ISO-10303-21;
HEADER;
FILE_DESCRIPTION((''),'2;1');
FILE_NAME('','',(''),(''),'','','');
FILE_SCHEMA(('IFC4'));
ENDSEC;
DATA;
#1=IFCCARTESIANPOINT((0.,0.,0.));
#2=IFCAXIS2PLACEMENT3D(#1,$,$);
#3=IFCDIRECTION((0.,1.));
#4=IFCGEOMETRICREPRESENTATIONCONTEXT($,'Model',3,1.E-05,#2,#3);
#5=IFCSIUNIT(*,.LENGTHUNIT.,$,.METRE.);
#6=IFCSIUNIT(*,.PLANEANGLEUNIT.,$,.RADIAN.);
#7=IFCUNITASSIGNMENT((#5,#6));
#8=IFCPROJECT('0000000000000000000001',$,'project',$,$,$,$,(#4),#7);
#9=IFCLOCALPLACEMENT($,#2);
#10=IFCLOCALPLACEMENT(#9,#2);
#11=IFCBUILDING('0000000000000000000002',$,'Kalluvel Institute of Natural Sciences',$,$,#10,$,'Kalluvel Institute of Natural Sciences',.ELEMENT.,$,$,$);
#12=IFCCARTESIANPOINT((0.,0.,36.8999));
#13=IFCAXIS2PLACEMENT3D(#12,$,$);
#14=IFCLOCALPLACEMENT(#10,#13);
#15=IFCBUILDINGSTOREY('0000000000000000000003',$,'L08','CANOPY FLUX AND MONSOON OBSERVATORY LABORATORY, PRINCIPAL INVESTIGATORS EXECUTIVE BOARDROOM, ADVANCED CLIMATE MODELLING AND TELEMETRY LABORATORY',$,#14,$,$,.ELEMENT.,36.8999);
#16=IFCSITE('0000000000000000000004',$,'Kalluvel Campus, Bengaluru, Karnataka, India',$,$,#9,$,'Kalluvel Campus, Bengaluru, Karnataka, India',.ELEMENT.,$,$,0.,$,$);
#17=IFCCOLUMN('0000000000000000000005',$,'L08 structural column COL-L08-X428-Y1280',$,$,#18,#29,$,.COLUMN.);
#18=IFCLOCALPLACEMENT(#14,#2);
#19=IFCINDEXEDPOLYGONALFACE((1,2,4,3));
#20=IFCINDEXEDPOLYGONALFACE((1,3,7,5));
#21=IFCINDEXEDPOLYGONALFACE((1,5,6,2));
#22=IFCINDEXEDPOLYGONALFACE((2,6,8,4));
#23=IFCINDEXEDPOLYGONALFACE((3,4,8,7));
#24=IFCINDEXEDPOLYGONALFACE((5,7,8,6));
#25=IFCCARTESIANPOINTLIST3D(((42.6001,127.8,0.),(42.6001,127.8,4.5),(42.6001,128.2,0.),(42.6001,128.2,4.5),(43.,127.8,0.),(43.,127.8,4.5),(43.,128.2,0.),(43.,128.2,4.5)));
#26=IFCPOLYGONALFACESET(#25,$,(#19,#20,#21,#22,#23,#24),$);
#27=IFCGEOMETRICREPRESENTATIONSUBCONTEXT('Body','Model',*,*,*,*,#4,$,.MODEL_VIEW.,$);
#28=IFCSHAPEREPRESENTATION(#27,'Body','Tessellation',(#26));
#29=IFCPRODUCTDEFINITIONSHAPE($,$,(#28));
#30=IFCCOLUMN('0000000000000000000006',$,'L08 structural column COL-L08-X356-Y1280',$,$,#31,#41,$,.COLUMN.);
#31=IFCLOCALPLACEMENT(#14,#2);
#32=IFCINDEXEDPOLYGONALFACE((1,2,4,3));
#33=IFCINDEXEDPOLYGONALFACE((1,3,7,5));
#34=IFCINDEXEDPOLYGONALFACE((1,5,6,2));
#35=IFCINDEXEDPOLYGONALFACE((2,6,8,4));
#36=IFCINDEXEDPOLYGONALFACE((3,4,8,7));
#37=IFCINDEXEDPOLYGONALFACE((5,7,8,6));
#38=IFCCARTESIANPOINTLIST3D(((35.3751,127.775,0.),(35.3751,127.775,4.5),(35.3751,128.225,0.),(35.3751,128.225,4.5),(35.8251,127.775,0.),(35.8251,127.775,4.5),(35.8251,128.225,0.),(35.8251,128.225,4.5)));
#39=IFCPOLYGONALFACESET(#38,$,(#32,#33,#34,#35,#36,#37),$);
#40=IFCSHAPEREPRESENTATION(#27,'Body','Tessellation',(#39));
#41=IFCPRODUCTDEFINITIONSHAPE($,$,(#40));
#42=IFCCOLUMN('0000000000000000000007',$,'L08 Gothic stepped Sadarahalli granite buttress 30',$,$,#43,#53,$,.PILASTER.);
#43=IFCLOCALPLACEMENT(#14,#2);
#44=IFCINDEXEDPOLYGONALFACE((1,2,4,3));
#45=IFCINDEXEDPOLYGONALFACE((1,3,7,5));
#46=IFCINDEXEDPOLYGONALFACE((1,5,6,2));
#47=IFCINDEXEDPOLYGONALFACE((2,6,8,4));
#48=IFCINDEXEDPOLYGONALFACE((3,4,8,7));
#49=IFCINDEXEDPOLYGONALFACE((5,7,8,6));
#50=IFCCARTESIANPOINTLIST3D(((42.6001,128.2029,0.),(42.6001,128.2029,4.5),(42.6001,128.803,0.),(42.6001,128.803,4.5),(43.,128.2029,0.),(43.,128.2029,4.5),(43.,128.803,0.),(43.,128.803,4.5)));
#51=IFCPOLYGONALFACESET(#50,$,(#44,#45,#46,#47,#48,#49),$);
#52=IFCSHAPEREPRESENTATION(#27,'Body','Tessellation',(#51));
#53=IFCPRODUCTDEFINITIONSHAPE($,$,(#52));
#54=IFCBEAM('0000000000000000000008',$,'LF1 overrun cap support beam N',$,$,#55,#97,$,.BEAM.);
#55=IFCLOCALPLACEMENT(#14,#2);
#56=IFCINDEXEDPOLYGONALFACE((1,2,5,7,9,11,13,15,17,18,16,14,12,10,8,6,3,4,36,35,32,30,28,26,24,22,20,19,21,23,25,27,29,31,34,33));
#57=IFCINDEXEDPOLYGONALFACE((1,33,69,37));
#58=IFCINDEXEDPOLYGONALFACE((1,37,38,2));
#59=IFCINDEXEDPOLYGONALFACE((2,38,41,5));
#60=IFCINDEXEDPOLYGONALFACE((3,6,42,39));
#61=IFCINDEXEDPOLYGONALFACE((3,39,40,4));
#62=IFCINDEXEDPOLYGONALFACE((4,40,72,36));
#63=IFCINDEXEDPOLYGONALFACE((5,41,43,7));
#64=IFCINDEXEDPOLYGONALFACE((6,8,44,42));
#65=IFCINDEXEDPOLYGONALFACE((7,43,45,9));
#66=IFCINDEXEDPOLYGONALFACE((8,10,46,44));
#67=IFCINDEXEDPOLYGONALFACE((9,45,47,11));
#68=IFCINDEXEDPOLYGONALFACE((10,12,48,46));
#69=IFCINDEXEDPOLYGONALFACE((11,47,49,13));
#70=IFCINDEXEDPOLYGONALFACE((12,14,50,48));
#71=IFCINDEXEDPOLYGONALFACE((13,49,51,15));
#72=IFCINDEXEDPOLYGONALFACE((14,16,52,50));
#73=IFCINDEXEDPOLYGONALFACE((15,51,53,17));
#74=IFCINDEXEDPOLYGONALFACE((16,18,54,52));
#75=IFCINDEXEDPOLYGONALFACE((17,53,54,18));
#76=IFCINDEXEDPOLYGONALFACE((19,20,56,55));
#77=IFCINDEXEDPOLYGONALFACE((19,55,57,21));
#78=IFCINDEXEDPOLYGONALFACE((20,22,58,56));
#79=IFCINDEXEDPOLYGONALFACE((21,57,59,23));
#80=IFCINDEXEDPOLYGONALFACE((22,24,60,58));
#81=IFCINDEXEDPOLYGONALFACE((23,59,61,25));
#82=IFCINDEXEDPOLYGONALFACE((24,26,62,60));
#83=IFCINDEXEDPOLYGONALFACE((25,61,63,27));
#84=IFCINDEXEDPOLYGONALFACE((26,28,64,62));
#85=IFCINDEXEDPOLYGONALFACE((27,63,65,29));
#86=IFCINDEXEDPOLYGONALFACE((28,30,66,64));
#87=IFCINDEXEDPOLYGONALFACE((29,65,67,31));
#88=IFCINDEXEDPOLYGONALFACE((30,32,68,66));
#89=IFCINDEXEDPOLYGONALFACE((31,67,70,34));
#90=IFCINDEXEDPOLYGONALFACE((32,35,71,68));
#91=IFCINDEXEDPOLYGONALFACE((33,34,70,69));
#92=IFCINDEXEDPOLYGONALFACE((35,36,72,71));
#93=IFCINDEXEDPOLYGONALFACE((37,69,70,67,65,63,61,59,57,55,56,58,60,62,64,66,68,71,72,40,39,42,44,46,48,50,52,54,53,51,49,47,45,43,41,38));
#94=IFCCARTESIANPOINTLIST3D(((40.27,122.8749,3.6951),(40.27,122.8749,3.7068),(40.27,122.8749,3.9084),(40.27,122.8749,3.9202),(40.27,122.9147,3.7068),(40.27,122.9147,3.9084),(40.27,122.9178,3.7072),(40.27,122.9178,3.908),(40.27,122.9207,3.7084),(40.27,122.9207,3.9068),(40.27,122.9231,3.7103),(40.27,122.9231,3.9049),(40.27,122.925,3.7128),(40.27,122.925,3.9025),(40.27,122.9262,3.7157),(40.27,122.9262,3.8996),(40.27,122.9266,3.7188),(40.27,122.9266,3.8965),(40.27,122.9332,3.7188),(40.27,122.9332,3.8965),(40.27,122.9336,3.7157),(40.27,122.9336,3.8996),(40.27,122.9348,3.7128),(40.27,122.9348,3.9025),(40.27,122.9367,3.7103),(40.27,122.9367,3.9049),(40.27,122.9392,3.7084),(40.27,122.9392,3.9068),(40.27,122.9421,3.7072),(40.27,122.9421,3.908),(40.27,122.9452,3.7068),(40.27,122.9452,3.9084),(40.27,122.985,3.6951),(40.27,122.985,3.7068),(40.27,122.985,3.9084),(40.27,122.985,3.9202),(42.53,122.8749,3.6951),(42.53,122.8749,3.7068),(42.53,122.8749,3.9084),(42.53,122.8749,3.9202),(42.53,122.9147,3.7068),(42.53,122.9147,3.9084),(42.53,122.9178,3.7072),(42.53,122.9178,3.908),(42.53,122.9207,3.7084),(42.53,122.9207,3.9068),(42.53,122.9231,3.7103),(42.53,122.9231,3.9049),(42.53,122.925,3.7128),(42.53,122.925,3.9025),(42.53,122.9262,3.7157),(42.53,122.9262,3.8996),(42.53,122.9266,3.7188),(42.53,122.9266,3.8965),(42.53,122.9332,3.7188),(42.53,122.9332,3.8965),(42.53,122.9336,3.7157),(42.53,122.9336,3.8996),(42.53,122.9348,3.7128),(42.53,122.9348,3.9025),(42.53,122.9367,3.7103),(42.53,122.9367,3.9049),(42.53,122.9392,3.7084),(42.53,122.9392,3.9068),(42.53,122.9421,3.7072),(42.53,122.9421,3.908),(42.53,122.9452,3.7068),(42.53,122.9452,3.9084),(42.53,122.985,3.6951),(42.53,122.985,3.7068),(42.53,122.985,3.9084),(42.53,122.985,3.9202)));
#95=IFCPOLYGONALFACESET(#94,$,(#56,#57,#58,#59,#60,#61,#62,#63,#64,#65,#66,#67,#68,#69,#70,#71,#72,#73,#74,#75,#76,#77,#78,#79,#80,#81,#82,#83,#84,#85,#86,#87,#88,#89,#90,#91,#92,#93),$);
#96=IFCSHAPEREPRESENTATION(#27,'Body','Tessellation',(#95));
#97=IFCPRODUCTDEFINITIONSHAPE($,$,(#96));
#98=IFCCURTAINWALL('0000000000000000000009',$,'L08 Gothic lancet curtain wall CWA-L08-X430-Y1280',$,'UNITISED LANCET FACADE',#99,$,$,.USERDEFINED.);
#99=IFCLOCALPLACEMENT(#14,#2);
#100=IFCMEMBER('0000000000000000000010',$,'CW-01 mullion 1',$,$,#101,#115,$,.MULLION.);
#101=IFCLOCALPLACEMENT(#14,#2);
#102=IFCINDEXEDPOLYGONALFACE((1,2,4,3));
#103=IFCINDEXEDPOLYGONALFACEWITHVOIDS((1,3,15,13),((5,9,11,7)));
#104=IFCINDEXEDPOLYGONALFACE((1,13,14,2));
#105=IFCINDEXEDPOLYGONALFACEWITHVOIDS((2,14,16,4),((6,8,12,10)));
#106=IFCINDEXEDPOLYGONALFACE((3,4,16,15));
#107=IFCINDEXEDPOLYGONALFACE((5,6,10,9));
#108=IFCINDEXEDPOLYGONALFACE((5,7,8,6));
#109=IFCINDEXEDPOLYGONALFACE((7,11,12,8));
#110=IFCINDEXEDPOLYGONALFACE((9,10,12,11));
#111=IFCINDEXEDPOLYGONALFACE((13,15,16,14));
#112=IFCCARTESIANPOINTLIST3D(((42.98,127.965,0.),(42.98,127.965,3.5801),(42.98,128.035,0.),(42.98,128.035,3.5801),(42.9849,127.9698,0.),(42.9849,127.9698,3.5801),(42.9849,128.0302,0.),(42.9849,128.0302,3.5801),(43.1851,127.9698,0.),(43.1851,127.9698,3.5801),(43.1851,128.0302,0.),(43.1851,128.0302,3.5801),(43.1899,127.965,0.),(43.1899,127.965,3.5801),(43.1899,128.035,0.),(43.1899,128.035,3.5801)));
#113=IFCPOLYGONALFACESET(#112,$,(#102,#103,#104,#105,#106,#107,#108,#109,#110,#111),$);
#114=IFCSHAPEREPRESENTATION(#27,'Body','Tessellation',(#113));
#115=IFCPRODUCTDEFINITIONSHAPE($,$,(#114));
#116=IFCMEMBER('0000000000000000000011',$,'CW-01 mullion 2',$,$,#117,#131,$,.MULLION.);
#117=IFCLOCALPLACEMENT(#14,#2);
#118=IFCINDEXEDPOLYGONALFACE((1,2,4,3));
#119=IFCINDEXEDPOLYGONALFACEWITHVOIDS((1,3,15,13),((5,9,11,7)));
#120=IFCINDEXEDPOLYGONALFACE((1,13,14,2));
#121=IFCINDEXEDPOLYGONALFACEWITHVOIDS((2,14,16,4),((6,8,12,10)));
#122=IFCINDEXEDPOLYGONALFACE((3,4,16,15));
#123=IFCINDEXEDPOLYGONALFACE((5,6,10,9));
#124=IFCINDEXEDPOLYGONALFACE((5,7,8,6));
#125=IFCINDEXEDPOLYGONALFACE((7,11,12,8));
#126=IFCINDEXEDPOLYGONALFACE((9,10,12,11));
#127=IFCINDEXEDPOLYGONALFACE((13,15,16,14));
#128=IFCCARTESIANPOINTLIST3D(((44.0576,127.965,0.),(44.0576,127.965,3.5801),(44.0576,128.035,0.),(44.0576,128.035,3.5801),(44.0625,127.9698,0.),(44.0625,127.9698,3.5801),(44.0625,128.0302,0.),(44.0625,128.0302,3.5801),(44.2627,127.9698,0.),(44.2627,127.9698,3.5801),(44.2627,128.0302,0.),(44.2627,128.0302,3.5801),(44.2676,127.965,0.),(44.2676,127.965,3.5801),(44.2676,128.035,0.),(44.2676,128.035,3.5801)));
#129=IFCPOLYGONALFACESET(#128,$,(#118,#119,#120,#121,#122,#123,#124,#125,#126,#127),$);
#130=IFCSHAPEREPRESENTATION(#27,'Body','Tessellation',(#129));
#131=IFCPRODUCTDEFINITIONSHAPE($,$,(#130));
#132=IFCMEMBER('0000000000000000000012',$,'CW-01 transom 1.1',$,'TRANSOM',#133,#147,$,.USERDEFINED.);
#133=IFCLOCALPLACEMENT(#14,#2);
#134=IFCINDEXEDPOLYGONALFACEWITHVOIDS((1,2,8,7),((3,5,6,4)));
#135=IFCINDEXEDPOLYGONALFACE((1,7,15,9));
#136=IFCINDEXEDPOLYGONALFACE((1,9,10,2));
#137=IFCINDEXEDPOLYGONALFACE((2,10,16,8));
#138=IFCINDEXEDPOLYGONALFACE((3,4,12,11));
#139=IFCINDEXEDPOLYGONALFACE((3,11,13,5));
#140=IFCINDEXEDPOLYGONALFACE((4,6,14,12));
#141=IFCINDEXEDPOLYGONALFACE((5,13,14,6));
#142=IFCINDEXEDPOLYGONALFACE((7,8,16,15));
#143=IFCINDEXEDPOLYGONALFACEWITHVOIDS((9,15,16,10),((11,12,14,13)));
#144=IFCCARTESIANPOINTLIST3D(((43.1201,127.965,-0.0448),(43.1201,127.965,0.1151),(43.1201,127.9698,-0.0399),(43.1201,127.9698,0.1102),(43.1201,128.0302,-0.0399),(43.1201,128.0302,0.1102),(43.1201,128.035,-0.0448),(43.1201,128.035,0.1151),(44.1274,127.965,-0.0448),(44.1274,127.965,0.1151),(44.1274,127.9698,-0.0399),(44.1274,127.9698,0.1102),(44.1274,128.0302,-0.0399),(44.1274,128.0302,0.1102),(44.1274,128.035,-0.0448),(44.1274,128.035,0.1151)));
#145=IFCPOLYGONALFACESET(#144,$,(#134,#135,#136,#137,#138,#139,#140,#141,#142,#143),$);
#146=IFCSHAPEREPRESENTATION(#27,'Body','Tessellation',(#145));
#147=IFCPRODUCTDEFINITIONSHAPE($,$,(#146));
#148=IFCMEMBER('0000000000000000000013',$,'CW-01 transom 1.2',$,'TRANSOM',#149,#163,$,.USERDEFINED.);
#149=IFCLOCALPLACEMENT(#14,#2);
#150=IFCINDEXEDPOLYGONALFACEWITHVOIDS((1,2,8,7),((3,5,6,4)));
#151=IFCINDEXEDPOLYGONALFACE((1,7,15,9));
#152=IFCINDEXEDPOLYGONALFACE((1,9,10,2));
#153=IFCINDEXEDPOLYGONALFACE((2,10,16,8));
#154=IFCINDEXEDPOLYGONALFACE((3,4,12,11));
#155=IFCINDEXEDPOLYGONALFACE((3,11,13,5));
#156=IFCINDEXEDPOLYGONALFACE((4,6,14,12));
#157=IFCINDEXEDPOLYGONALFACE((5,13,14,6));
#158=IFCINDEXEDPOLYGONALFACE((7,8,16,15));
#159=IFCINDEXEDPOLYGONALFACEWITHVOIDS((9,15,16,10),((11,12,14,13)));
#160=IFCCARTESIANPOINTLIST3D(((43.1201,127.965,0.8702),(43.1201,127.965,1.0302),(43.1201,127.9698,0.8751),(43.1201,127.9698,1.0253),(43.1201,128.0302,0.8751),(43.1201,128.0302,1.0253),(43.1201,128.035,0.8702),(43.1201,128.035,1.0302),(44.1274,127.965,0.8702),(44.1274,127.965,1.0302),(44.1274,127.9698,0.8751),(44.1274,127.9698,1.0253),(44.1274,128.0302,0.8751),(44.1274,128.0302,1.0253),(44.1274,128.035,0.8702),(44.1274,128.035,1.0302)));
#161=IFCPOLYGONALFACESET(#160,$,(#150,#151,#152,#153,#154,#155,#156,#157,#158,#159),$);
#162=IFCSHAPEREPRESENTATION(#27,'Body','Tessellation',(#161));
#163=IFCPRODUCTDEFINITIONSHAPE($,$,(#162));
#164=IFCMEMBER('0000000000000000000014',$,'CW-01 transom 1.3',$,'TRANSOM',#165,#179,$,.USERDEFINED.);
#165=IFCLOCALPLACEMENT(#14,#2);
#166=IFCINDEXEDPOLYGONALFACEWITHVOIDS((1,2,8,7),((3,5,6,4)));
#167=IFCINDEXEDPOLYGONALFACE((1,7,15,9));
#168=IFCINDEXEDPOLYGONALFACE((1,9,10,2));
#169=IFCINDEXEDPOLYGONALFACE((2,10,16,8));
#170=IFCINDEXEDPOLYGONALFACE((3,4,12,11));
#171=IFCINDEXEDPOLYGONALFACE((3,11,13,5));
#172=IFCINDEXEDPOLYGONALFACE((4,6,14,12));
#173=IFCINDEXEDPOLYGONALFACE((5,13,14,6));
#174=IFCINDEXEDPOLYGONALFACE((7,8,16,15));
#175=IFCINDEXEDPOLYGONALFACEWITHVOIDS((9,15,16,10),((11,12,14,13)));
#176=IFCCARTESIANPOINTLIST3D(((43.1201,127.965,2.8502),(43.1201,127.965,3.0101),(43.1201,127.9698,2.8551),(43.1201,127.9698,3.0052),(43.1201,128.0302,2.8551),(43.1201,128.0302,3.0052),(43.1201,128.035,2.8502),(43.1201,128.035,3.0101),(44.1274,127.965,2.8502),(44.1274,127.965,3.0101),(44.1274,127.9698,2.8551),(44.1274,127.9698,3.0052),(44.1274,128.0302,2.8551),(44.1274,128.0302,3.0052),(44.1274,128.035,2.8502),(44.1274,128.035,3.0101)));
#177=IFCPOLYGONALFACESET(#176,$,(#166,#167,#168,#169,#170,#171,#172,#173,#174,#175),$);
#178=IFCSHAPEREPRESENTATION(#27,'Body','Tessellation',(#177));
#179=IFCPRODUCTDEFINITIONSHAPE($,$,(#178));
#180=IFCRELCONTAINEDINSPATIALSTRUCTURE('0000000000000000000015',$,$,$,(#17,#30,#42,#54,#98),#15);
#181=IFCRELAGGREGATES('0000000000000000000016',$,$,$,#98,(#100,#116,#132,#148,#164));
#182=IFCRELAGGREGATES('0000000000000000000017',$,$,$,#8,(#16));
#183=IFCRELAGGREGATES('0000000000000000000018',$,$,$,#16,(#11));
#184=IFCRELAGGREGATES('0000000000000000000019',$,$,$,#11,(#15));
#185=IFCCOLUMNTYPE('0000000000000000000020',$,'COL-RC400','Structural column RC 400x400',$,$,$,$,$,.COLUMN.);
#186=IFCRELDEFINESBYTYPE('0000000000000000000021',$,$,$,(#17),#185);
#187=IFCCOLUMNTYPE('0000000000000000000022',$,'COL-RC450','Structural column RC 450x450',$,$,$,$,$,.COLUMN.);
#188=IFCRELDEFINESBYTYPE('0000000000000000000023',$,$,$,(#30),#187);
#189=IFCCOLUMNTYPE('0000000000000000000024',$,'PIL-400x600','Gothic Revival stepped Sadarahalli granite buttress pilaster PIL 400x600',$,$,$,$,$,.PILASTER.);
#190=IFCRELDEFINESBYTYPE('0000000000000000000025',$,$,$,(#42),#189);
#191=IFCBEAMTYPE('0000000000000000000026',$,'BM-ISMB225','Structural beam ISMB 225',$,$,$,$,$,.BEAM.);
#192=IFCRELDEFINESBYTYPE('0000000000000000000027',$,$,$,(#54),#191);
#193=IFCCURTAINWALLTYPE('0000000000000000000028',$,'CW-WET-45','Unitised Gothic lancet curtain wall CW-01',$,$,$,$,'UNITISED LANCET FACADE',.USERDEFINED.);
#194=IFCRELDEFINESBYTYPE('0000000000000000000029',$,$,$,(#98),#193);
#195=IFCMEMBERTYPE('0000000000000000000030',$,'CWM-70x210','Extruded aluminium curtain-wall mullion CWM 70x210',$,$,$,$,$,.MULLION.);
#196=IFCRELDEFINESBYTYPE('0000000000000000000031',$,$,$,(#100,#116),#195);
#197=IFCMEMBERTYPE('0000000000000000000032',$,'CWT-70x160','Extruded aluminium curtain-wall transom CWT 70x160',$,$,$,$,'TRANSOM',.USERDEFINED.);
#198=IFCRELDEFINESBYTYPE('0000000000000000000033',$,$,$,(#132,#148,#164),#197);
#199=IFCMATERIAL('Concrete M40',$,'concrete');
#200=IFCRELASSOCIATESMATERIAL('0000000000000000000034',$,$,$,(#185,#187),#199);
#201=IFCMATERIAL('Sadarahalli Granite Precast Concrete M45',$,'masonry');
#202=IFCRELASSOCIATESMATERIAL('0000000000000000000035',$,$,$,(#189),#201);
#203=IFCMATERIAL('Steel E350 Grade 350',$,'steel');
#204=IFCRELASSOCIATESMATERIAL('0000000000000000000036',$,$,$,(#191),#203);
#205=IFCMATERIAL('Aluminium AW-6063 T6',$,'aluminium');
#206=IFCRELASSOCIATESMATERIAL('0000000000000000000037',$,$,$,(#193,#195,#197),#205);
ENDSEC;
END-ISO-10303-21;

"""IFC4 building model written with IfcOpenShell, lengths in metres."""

from ifc_helpers import new_model, si_unit, direction, frame, origin, origin_2d, place, context, subcontext, project, spatial, rectangle, hollow_rectangle, i_section, extrude, material, material_profile, profile_set, type_object, element, aggregate, save


model = new_model("IFC4")

# Units and contexts
model_context = context("Model", 3, precision=1e-05, world=origin(), true_north=direction((0.0, 1.0)))
body_context = subcontext(model_context, "Body", "Model", "MODEL_VIEW")
ifc_project = project(units=[si_unit("LENGTHUNIT", "METRE"), si_unit("PLANEANGLEUNIT", "RADIAN")], contexts=[model_context])

# Site, building, storey
site_placement = place(None, origin())
site = spatial("IfcSite", under=ifc_project, at=site_placement, Name="Kalluvel Campus, Bengaluru, Karnataka, India", LongName="Kalluvel Campus, Bengaluru, Karnataka, India", CompositionType="ELEMENT", RefElevation=0.0)
building_placement = place(site_placement, origin())
building = spatial("IfcBuilding", under=site, at=building_placement, Name="Kalluvel Institute of Natural Sciences", LongName="Kalluvel Institute of Natural Sciences", CompositionType="ELEMENT")
storey_placement = place(building_placement, frame((0.0, 0.0, 36.8999)))
storey = spatial("IfcBuildingStorey", under=building, at=storey_placement, Name="L08", Description="CANOPY FLUX AND MONSOON OBSERVATORY LABORATORY, PRINCIPAL INVESTIGATORS EXECUTIVE BOARDROOM, ADVANCED CLIMATE MODELLING AND TELEMETRY LABORATORY", CompositionType="ELEMENT", Elevation=36.8999)

# Columns
ifc_material_1 = material(Name="Concrete M40", Category="concrete")
ifc_material_profile_1 = material_profile(ifc_material_1, rectangle(XDim=0.3999, YDim=0.3999, at=origin_2d()), Name="RC 400x400")
ifc_profile_set_1 = profile_set([ifc_material_profile_1], Name="Concrete M40")
column_type_1 = type_object("IfcColumnType", Name="COL-RC400", Description="Structural column RC 400x400", PredefinedType="COLUMN", material=ifc_profile_set_1)
column_1_placement = place(storey_placement, frame((42.8, 128.0, 0.0), z_axis=(0.0, 0.0, 1.0), x_axis=(1.0, 0.0, 0.0)))
element("IfcColumn", 1, at=column_1_placement, inside=storey, type_object=column_type_1, Name="L08 structural column COL-L08-X428-Y1280", PredefinedType="COLUMN", context=body_context, shape_type="SweptSolid", body=[
    extrude(rectangle(XDim=0.3999, YDim=0.3999, at=origin_2d()), origin(), (0.0, 0.0, 1.0), 4.5),
])
ifc_material_profile_2 = material_profile(ifc_material_1, rectangle(XDim=0.45, YDim=0.45, at=origin_2d()), Name="RC 450x450")
ifc_profile_set_2 = profile_set([ifc_material_profile_2], Name="Concrete M40")
column_type_2 = type_object("IfcColumnType", Name="COL-RC450", Description="Structural column RC 450x450", PredefinedType="COLUMN", material=ifc_profile_set_2)
column_2_placement = place(storey_placement, frame((35.6001, 128.0, 0.0), z_axis=(0.0, 0.0, 1.0), x_axis=(1.0, 0.0, 0.0)))
element("IfcColumn", 2, at=column_2_placement, inside=storey, type_object=column_type_2, Name="L08 structural column COL-L08-X356-Y1280", PredefinedType="COLUMN", context=body_context, shape_type="SweptSolid", body=[
    extrude(rectangle(XDim=0.45, YDim=0.45, at=origin_2d()), origin(), (0.0, 0.0, 1.0), 4.5),
])
ifc_material_2 = material(Name="Sadarahalli Granite Precast Concrete M45", Category="masonry")
ifc_material_profile_3 = material_profile(ifc_material_2, rectangle(XDim=0.3999, YDim=0.6001, at=origin_2d()), Name="PIL 400x600")
ifc_profile_set_3 = profile_set([ifc_material_profile_3], Name="Sadarahalli Granite Precast Concrete M45")
column_type_3 = type_object("IfcColumnType", Name="PIL-400x600", Description="Gothic Revival stepped Sadarahalli granite buttress pilaster PIL 400x600", PredefinedType="PILASTER", material=ifc_profile_set_3)
column_3_placement = place(storey_placement, frame((42.8, 128.5029, 0.0), z_axis=(0.0, 0.0, 1.0), x_axis=(1.0, 0.0, 0.0)))
element("IfcColumn", 3, at=column_3_placement, inside=storey, type_object=column_type_3, Name="L08 Gothic stepped Sadarahalli granite buttress 30", PredefinedType="PILASTER", context=body_context, shape_type="SweptSolid", body=[
    extrude(rectangle(XDim=0.3999, YDim=0.6001, at=origin_2d()), origin(), (0.0, 0.0, 1.0), 4.5),
])

# Beam
ifc_material_3 = material(Name="Steel E350 Grade 350", Category="steel")
ifc_material_profile_4 = material_profile(ifc_material_3, i_section(OverallWidth=0.1101, OverallDepth=0.2251, WebThickness=0.0066, FlangeThickness=0.0117, FilletRadius=0.012, at=origin_2d()), Name="ISMB 225")
ifc_profile_set_4 = profile_set([ifc_material_profile_4], Name="Steel E350 Grade 350")
beam_type_1 = type_object("IfcBeamType", Name="BM-ISMB225", Description="Structural beam ISMB 225", PredefinedType="BEAM", material=ifc_profile_set_4)
beam_1_placement = place(storey_placement, frame((40.27, 122.9299, 3.8076), z_axis=(1.0, 0.0, 0.0), x_axis=(0.0, 1.0, 0.0)))
element("IfcBeam", 4, at=beam_1_placement, inside=storey, type_object=beam_type_1, Name="LF1 overrun cap support beam N", PredefinedType="BEAM", context=body_context, shape_type="SweptSolid", body=[
    extrude(i_section(OverallWidth=0.1101, OverallDepth=0.2251, WebThickness=0.0066, FlangeThickness=0.0117, FilletRadius=0.012, at=origin_2d()), origin(), (0.0, 0.0, 1.0), 2.26),
])

# Curtain wall, members
ifc_material_4 = material(Name="Aluminium AW-6063 T6", Category="aluminium")
curtain_wall_type = type_object("IfcCurtainWallType", Name="CW-WET-45", Description="Unitised Gothic lancet curtain wall CW-01", ElementType="UNITISED LANCET FACADE", PredefinedType="USERDEFINED", material=ifc_material_4)
curtain_wall_placement = place(storey_placement, origin())
curtain_wall = element("IfcCurtainWall", 5, at=curtain_wall_placement, inside=storey, type_object=curtain_wall_type, Name="L08 Gothic lancet curtain wall CWA-L08-X430-Y1280", ObjectType="UNITISED LANCET FACADE", PredefinedType="USERDEFINED")
ifc_material_profile_5 = material_profile(ifc_material_4, hollow_rectangle(XDim=0.0701, YDim=0.21, WallThickness=0.0049, at=origin_2d()), Name="CWM 70x210")
ifc_profile_set_5 = profile_set([ifc_material_profile_5], Name="Aluminium AW-6063 T6")
member_type_1 = type_object("IfcMemberType", Name="CWM-70x210", Description="Extruded aluminium curtain-wall mullion CWM 70x210", PredefinedType="MULLION", material=ifc_profile_set_5)
member_1_placement = place(storey_placement, frame((43.085, 128.0, 0.0), z_axis=(0.0, 0.0, 1.0), x_axis=(0.0, 1.0, 0.0)))
member_1 = element("IfcMember", 6, at=member_1_placement, type_object=member_type_1, Name="CW-01 mullion 1", PredefinedType="MULLION", context=body_context, shape_type="SweptSolid", body=[
    extrude(hollow_rectangle(XDim=0.0701, YDim=0.21, WallThickness=0.0049, at=origin_2d()), origin(), (0.0, 0.0, 1.0), 3.5801),
])
member_2_placement = place(storey_placement, frame((44.1626, 128.0, 0.0), z_axis=(0.0, 0.0, 1.0), x_axis=(0.0, 1.0, 0.0)))
member_2 = element("IfcMember", 7, at=member_2_placement, type_object=member_type_1, Name="CW-01 mullion 2", PredefinedType="MULLION", context=body_context, shape_type="SweptSolid", body=[
    extrude(hollow_rectangle(XDim=0.0701, YDim=0.21, WallThickness=0.0049, at=origin_2d()), origin(), (0.0, 0.0, 1.0), 3.5801),
])
ifc_material_profile_6 = material_profile(ifc_material_4, hollow_rectangle(XDim=0.0701, YDim=0.1599, WallThickness=0.0049, at=origin_2d()), Name="CWT 70x160")
ifc_profile_set_6 = profile_set([ifc_material_profile_6], Name="Aluminium AW-6063 T6")
member_type_2 = type_object("IfcMemberType", Name="CWT-70x160", Description="Extruded aluminium curtain-wall transom CWT 70x160", ElementType="TRANSOM", PredefinedType="USERDEFINED", material=ifc_profile_set_6)
member_3_placement = place(storey_placement, frame((43.1201, 128.0, 0.0352), z_axis=(1.0, 0.0, 0.0), x_axis=(0.0, 1.0, 0.0)))
member_3 = element("IfcMember", 8, at=member_3_placement, type_object=member_type_2, Name="CW-01 transom 1.1", ObjectType="TRANSOM", PredefinedType="USERDEFINED", context=body_context, shape_type="SweptSolid", body=[
    extrude(hollow_rectangle(XDim=0.0701, YDim=0.1599, WallThickness=0.0049, at=origin_2d()), origin(), (0.0, 0.0, 1.0), 1.0073),
])
member_4_placement = place(storey_placement, frame((43.1201, 128.0, 0.9502), z_axis=(1.0, 0.0, 0.0), x_axis=(0.0, 1.0, 0.0)))
member_4 = element("IfcMember", 9, at=member_4_placement, type_object=member_type_2, Name="CW-01 transom 1.2", ObjectType="TRANSOM", PredefinedType="USERDEFINED", context=body_context, shape_type="SweptSolid", body=[
    extrude(hollow_rectangle(XDim=0.0701, YDim=0.1599, WallThickness=0.0049, at=origin_2d()), origin(), (0.0, 0.0, 1.0), 1.0073),
])
member_5_placement = place(storey_placement, frame((43.1201, 128.0, 2.9302), z_axis=(1.0, 0.0, 0.0), x_axis=(0.0, 1.0, 0.0)))
member_5 = element("IfcMember", 10, at=member_5_placement, type_object=member_type_2, Name="CW-01 transom 1.3", ObjectType="TRANSOM", PredefinedType="USERDEFINED", context=body_context, shape_type="SweptSolid", body=[
    extrude(hollow_rectangle(XDim=0.0701, YDim=0.1599, WallThickness=0.0049, at=origin_2d()), origin(), (0.0, 0.0, 1.0), 1.0073),
])

aggregate(curtain_wall, [member_1, member_2, member_3, member_4, member_5])

save(model, "model.ifc")
